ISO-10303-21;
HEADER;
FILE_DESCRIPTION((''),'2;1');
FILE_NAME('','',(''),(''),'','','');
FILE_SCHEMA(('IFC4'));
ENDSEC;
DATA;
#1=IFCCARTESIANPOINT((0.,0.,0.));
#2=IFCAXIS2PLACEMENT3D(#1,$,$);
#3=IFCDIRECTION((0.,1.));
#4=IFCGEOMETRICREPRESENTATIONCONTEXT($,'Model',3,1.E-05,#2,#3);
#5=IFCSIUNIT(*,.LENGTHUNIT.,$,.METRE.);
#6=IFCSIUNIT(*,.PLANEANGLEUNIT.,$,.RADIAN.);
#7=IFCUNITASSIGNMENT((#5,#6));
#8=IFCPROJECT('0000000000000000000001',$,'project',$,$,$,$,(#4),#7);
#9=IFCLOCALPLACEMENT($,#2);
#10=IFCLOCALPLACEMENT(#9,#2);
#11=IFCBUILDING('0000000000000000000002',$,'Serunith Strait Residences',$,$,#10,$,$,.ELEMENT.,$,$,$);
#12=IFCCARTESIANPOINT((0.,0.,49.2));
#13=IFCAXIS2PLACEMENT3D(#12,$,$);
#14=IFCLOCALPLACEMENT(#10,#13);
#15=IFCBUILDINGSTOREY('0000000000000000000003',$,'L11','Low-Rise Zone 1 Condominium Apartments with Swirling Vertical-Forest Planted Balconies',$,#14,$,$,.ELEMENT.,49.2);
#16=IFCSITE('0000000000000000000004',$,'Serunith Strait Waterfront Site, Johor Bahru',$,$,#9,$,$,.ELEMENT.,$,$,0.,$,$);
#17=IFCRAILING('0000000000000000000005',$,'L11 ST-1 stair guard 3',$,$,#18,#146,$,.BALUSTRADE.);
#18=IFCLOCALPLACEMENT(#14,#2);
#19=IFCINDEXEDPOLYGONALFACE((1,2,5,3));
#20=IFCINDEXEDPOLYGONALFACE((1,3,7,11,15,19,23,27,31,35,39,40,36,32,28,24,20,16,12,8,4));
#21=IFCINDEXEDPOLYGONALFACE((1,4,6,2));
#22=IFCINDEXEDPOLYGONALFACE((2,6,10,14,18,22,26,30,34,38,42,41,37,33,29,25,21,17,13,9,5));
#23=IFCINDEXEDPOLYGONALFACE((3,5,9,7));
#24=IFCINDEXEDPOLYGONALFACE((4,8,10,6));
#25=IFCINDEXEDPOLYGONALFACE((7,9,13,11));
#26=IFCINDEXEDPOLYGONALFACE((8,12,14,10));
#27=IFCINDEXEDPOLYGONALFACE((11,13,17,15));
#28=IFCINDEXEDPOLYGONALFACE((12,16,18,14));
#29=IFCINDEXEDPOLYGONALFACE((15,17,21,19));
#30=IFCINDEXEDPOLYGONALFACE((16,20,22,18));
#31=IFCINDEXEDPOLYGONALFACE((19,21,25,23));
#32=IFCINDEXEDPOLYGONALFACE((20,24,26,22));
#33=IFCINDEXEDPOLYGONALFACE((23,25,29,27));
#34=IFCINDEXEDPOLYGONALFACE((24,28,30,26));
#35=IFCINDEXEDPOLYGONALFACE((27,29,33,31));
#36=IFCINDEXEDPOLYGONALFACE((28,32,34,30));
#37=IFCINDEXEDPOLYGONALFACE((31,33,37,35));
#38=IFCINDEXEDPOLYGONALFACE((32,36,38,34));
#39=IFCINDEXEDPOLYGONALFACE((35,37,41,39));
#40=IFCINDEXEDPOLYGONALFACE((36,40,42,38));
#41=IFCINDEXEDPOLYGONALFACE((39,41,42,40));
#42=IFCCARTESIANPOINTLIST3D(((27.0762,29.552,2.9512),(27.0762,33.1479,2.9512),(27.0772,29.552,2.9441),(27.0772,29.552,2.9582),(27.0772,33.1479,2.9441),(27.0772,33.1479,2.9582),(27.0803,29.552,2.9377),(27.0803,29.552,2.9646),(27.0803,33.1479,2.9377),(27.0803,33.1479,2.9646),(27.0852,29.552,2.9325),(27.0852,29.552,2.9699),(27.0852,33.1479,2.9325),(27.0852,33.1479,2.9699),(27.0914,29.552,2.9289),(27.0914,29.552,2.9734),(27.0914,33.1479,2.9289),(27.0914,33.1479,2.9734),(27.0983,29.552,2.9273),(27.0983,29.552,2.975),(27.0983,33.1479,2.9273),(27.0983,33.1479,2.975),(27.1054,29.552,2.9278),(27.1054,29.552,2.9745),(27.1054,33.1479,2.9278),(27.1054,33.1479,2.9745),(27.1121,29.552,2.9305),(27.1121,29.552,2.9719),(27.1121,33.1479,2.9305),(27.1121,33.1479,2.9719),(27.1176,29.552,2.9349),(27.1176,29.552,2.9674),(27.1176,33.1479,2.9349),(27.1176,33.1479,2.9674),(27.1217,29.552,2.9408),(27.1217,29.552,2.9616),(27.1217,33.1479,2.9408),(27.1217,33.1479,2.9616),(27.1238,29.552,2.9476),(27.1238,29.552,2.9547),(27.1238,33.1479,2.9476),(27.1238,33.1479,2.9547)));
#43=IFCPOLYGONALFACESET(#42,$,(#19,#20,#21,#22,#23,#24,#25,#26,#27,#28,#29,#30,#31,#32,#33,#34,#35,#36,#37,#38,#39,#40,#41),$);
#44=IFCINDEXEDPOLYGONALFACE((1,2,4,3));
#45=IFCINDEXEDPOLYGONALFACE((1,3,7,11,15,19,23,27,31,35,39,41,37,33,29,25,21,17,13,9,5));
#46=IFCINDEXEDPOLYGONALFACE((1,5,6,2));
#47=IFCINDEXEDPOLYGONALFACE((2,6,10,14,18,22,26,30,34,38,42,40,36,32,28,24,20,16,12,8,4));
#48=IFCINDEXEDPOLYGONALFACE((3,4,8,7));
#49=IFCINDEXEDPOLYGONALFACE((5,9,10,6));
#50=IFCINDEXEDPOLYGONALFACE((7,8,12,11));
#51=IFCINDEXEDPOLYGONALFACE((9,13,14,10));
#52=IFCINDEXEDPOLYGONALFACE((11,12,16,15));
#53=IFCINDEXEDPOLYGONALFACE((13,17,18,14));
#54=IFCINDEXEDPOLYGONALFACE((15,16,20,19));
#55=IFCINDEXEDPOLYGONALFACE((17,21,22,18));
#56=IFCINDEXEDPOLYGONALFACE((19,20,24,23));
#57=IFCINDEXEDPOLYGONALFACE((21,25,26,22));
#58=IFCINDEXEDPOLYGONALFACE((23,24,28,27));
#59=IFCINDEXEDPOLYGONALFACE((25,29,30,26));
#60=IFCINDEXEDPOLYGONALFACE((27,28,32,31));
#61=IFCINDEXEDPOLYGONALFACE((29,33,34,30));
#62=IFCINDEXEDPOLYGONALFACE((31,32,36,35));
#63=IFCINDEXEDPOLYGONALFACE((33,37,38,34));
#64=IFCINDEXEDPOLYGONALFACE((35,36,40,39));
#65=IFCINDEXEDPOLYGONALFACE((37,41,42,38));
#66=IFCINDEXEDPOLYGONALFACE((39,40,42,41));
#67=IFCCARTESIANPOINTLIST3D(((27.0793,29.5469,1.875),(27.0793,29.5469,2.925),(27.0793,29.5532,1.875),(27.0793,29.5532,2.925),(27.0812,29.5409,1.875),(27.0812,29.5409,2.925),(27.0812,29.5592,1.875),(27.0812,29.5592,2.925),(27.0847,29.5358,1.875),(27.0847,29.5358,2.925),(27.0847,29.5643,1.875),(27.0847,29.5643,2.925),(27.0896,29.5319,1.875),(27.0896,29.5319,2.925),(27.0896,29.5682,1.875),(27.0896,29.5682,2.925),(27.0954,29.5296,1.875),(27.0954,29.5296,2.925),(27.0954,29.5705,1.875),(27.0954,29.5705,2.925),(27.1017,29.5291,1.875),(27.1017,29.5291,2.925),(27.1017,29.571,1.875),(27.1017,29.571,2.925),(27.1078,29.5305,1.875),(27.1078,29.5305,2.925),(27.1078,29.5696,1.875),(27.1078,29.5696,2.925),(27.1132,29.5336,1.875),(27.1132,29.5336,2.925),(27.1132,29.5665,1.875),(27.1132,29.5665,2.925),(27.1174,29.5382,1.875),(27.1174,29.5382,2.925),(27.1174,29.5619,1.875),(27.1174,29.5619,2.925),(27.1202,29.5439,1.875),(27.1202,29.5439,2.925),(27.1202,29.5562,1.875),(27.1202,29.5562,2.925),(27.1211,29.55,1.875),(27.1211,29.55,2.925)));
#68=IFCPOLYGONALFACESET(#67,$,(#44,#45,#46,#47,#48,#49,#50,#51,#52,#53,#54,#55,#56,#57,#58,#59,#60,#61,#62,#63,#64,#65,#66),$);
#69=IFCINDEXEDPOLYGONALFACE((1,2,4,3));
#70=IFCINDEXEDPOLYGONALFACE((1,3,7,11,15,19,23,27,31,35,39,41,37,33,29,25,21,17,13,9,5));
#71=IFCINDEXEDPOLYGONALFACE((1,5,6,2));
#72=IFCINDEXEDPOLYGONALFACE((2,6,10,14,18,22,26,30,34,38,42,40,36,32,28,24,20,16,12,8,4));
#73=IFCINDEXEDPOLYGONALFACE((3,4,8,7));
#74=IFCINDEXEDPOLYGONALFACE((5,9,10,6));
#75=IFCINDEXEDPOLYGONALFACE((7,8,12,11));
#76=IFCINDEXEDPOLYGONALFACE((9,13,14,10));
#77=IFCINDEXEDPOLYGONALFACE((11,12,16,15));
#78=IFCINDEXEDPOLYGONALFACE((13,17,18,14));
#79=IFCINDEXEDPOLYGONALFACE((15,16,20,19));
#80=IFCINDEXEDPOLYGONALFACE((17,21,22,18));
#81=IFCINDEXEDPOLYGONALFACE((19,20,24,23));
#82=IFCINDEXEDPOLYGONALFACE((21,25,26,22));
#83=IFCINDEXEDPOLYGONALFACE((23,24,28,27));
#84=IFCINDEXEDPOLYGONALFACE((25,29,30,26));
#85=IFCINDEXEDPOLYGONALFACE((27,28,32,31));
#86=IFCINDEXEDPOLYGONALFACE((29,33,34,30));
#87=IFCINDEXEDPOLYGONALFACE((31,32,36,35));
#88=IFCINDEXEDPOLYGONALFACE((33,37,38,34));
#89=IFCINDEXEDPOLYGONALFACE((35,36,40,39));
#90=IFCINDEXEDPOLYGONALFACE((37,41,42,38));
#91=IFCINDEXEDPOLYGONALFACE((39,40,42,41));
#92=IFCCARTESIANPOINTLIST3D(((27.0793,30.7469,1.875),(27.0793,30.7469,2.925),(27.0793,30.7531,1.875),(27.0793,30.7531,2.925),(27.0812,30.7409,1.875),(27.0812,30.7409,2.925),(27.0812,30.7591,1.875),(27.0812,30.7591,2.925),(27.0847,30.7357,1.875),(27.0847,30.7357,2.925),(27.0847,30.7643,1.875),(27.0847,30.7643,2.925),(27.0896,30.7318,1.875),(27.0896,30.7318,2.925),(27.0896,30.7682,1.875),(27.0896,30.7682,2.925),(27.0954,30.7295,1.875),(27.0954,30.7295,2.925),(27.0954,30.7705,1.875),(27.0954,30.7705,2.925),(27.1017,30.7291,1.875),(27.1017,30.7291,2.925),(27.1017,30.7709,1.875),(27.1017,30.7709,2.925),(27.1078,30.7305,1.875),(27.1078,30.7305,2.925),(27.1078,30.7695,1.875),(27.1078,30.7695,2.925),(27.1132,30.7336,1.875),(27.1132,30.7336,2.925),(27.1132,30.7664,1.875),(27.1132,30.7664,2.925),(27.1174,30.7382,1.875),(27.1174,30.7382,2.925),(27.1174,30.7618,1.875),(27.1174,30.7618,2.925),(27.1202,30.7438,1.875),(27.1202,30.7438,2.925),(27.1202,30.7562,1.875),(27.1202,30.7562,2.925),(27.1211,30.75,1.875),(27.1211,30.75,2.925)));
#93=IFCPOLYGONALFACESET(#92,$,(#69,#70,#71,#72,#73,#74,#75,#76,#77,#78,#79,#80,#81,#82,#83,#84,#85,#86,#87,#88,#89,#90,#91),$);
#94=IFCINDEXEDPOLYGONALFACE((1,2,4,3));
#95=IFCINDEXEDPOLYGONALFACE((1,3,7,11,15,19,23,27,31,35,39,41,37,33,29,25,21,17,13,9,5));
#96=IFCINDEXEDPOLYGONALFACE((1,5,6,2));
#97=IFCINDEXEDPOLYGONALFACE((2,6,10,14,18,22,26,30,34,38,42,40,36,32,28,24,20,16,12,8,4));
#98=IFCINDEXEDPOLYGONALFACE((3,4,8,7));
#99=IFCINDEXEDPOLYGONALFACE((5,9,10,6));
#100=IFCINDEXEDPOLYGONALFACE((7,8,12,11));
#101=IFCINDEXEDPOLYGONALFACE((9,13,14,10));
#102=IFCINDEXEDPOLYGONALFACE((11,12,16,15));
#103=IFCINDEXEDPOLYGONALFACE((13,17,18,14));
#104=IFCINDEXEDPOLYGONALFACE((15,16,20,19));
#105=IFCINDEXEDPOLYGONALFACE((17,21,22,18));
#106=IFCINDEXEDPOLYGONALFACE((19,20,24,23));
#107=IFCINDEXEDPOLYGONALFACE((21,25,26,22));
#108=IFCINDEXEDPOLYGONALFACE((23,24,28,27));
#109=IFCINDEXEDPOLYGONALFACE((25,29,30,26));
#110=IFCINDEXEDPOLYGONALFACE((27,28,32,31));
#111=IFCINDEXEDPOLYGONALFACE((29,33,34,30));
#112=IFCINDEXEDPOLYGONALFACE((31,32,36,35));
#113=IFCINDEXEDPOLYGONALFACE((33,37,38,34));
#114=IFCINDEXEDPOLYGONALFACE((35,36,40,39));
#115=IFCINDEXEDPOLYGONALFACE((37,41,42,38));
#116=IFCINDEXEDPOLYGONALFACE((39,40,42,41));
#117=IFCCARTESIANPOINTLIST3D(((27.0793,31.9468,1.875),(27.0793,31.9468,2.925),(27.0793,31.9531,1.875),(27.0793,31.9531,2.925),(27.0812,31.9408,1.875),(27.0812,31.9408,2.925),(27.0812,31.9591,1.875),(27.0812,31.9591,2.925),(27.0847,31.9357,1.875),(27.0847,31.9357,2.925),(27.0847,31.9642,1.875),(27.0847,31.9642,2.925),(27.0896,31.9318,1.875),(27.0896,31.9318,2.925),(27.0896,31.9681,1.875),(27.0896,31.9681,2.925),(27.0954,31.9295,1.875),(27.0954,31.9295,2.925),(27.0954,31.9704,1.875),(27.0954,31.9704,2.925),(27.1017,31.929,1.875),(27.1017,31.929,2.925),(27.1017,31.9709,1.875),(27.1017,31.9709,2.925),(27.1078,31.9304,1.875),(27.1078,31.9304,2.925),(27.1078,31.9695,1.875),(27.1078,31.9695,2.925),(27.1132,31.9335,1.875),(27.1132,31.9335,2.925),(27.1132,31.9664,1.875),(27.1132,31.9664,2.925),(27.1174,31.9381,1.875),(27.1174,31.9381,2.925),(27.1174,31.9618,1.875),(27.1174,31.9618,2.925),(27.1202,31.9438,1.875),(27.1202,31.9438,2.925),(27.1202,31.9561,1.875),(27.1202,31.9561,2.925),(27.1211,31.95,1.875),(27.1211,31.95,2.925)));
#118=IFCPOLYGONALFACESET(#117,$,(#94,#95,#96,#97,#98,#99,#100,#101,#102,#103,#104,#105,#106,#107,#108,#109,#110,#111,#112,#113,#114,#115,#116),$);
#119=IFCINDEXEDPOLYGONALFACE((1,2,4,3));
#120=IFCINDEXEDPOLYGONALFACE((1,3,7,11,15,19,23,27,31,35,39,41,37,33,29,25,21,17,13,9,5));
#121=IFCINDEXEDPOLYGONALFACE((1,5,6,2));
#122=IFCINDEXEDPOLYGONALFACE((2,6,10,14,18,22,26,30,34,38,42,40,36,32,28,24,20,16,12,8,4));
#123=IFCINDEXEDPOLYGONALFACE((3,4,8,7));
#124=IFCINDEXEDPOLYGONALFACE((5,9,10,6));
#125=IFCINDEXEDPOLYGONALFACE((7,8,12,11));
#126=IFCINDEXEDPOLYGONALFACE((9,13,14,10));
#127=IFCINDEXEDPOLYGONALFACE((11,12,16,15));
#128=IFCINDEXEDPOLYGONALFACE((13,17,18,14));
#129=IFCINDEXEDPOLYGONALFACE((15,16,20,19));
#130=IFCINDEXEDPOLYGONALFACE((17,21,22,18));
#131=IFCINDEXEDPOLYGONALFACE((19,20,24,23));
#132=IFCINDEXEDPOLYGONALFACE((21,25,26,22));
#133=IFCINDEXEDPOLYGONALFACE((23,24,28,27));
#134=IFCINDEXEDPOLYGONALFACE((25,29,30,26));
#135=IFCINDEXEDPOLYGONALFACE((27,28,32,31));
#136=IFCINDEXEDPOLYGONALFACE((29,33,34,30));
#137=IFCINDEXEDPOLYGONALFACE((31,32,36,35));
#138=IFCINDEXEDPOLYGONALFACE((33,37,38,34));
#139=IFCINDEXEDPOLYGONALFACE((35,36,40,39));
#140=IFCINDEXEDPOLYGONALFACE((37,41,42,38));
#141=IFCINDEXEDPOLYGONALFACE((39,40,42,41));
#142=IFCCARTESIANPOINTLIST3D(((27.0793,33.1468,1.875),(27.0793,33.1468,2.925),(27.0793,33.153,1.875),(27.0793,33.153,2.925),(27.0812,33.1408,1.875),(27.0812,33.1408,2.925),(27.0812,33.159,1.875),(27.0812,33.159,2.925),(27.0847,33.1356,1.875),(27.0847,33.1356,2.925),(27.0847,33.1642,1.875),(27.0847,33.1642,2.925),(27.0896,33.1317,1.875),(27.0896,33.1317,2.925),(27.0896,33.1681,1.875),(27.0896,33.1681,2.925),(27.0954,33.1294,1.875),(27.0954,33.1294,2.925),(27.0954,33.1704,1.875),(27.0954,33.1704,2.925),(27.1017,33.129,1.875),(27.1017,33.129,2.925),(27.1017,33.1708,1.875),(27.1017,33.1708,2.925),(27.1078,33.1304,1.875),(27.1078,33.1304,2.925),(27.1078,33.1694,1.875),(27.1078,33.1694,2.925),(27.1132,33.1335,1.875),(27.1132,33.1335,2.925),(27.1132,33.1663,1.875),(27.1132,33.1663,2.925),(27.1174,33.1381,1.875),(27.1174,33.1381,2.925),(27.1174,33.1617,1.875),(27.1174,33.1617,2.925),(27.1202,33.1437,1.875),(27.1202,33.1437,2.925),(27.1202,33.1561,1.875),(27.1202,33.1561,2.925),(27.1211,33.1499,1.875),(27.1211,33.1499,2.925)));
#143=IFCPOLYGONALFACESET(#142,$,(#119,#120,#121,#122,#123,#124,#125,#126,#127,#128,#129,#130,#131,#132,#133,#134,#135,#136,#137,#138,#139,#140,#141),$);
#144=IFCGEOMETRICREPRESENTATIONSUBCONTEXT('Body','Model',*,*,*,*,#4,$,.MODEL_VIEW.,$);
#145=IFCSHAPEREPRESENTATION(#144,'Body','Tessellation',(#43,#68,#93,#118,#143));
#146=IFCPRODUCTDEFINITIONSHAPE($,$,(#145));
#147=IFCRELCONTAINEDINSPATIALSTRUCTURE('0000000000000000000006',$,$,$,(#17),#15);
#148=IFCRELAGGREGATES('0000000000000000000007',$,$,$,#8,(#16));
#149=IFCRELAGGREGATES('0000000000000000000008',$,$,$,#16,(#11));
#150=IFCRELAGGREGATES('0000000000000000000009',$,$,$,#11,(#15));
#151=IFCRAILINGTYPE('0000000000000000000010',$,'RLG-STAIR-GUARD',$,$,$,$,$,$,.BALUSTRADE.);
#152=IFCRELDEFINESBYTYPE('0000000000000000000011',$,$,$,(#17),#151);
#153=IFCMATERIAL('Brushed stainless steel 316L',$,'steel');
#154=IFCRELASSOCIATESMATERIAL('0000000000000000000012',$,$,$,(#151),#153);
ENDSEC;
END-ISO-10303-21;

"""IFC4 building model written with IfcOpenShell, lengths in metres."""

from ifc_helpers import new_model, si_unit, direction, frame, origin, origin_2d, place, context, subcontext, project, spatial, circle, extrude, material, type_object, element, save


model = new_model("IFC4")

# Units and contexts
model_context = context("Model", 3, precision=1e-05, world=origin(), true_north=direction((0.0, 1.0)))
body_context = subcontext(model_context, "Body", "Model", "MODEL_VIEW")
ifc_project = project(units=[si_unit("LENGTHUNIT", "METRE"), si_unit("PLANEANGLEUNIT", "RADIAN")], contexts=[model_context])

# Site, building, storey
site_placement = place(None, origin())
site = spatial("IfcSite", under=ifc_project, at=site_placement, Name="Serunith Strait Waterfront Site, Johor Bahru", CompositionType="ELEMENT", RefElevation=0.0)
building_placement = place(site_placement, origin())
building = spatial("IfcBuilding", under=site, at=building_placement, Name="Serunith Strait Residences", CompositionType="ELEMENT")
storey_placement = place(building_placement, frame((0.0, 0.0, 49.2)))
storey = spatial("IfcBuildingStorey", under=building, at=storey_placement, Name="L11", Description="Low-Rise Zone 1 Condominium Apartments with Swirling Vertical-Forest Planted Balconies", CompositionType="ELEMENT", Elevation=49.2)

# Railing
ifc_material_1 = material(Name="Brushed stainless steel 316L", Category="steel")
railing_type_1 = type_object("IfcRailingType", Name="RLG-STAIR-GUARD", PredefinedType="BALUSTRADE", material=ifc_material_1)
for number, where, name in (
    (1, (27.1001, 29.55, 1.875), "L11 ST-1 stair guard 3"),
):
    element("IfcRailing", number, at=place(storey_placement, frame(where)), inside=storey, type_object=railing_type_1, Name=name, PredefinedType="BALUSTRADE", context=body_context, shape_type="SweptSolid", body=[
        extrude(circle(Radius=0.0239, at=origin_2d()), frame((0.0, 0.002, 1.0762), z_axis=(0.0, 1.0, 0.0), x_axis=(-1.0, 0.0, 0.0)), (0.0, 0.0, 1.0), 3.5959),
        extrude(circle(Radius=0.021, at=origin_2d()), origin(), (0.0, 0.0, 1.0), 1.05),
        extrude(circle(Radius=0.021, at=origin_2d()), frame((0.0, 1.2, 0.0)), (0.0, 0.0, 1.0), 1.05),
        extrude(circle(Radius=0.021, at=origin_2d()), frame((0.0, 2.3999, 0.0)), (0.0, 0.0, 1.0), 1.05),
        extrude(circle(Radius=0.021, at=origin_2d()), frame((0.0, 3.5999, 0.0)), (0.0, 0.0, 1.0), 1.05),
    ])

save(model, "model.ifc")
